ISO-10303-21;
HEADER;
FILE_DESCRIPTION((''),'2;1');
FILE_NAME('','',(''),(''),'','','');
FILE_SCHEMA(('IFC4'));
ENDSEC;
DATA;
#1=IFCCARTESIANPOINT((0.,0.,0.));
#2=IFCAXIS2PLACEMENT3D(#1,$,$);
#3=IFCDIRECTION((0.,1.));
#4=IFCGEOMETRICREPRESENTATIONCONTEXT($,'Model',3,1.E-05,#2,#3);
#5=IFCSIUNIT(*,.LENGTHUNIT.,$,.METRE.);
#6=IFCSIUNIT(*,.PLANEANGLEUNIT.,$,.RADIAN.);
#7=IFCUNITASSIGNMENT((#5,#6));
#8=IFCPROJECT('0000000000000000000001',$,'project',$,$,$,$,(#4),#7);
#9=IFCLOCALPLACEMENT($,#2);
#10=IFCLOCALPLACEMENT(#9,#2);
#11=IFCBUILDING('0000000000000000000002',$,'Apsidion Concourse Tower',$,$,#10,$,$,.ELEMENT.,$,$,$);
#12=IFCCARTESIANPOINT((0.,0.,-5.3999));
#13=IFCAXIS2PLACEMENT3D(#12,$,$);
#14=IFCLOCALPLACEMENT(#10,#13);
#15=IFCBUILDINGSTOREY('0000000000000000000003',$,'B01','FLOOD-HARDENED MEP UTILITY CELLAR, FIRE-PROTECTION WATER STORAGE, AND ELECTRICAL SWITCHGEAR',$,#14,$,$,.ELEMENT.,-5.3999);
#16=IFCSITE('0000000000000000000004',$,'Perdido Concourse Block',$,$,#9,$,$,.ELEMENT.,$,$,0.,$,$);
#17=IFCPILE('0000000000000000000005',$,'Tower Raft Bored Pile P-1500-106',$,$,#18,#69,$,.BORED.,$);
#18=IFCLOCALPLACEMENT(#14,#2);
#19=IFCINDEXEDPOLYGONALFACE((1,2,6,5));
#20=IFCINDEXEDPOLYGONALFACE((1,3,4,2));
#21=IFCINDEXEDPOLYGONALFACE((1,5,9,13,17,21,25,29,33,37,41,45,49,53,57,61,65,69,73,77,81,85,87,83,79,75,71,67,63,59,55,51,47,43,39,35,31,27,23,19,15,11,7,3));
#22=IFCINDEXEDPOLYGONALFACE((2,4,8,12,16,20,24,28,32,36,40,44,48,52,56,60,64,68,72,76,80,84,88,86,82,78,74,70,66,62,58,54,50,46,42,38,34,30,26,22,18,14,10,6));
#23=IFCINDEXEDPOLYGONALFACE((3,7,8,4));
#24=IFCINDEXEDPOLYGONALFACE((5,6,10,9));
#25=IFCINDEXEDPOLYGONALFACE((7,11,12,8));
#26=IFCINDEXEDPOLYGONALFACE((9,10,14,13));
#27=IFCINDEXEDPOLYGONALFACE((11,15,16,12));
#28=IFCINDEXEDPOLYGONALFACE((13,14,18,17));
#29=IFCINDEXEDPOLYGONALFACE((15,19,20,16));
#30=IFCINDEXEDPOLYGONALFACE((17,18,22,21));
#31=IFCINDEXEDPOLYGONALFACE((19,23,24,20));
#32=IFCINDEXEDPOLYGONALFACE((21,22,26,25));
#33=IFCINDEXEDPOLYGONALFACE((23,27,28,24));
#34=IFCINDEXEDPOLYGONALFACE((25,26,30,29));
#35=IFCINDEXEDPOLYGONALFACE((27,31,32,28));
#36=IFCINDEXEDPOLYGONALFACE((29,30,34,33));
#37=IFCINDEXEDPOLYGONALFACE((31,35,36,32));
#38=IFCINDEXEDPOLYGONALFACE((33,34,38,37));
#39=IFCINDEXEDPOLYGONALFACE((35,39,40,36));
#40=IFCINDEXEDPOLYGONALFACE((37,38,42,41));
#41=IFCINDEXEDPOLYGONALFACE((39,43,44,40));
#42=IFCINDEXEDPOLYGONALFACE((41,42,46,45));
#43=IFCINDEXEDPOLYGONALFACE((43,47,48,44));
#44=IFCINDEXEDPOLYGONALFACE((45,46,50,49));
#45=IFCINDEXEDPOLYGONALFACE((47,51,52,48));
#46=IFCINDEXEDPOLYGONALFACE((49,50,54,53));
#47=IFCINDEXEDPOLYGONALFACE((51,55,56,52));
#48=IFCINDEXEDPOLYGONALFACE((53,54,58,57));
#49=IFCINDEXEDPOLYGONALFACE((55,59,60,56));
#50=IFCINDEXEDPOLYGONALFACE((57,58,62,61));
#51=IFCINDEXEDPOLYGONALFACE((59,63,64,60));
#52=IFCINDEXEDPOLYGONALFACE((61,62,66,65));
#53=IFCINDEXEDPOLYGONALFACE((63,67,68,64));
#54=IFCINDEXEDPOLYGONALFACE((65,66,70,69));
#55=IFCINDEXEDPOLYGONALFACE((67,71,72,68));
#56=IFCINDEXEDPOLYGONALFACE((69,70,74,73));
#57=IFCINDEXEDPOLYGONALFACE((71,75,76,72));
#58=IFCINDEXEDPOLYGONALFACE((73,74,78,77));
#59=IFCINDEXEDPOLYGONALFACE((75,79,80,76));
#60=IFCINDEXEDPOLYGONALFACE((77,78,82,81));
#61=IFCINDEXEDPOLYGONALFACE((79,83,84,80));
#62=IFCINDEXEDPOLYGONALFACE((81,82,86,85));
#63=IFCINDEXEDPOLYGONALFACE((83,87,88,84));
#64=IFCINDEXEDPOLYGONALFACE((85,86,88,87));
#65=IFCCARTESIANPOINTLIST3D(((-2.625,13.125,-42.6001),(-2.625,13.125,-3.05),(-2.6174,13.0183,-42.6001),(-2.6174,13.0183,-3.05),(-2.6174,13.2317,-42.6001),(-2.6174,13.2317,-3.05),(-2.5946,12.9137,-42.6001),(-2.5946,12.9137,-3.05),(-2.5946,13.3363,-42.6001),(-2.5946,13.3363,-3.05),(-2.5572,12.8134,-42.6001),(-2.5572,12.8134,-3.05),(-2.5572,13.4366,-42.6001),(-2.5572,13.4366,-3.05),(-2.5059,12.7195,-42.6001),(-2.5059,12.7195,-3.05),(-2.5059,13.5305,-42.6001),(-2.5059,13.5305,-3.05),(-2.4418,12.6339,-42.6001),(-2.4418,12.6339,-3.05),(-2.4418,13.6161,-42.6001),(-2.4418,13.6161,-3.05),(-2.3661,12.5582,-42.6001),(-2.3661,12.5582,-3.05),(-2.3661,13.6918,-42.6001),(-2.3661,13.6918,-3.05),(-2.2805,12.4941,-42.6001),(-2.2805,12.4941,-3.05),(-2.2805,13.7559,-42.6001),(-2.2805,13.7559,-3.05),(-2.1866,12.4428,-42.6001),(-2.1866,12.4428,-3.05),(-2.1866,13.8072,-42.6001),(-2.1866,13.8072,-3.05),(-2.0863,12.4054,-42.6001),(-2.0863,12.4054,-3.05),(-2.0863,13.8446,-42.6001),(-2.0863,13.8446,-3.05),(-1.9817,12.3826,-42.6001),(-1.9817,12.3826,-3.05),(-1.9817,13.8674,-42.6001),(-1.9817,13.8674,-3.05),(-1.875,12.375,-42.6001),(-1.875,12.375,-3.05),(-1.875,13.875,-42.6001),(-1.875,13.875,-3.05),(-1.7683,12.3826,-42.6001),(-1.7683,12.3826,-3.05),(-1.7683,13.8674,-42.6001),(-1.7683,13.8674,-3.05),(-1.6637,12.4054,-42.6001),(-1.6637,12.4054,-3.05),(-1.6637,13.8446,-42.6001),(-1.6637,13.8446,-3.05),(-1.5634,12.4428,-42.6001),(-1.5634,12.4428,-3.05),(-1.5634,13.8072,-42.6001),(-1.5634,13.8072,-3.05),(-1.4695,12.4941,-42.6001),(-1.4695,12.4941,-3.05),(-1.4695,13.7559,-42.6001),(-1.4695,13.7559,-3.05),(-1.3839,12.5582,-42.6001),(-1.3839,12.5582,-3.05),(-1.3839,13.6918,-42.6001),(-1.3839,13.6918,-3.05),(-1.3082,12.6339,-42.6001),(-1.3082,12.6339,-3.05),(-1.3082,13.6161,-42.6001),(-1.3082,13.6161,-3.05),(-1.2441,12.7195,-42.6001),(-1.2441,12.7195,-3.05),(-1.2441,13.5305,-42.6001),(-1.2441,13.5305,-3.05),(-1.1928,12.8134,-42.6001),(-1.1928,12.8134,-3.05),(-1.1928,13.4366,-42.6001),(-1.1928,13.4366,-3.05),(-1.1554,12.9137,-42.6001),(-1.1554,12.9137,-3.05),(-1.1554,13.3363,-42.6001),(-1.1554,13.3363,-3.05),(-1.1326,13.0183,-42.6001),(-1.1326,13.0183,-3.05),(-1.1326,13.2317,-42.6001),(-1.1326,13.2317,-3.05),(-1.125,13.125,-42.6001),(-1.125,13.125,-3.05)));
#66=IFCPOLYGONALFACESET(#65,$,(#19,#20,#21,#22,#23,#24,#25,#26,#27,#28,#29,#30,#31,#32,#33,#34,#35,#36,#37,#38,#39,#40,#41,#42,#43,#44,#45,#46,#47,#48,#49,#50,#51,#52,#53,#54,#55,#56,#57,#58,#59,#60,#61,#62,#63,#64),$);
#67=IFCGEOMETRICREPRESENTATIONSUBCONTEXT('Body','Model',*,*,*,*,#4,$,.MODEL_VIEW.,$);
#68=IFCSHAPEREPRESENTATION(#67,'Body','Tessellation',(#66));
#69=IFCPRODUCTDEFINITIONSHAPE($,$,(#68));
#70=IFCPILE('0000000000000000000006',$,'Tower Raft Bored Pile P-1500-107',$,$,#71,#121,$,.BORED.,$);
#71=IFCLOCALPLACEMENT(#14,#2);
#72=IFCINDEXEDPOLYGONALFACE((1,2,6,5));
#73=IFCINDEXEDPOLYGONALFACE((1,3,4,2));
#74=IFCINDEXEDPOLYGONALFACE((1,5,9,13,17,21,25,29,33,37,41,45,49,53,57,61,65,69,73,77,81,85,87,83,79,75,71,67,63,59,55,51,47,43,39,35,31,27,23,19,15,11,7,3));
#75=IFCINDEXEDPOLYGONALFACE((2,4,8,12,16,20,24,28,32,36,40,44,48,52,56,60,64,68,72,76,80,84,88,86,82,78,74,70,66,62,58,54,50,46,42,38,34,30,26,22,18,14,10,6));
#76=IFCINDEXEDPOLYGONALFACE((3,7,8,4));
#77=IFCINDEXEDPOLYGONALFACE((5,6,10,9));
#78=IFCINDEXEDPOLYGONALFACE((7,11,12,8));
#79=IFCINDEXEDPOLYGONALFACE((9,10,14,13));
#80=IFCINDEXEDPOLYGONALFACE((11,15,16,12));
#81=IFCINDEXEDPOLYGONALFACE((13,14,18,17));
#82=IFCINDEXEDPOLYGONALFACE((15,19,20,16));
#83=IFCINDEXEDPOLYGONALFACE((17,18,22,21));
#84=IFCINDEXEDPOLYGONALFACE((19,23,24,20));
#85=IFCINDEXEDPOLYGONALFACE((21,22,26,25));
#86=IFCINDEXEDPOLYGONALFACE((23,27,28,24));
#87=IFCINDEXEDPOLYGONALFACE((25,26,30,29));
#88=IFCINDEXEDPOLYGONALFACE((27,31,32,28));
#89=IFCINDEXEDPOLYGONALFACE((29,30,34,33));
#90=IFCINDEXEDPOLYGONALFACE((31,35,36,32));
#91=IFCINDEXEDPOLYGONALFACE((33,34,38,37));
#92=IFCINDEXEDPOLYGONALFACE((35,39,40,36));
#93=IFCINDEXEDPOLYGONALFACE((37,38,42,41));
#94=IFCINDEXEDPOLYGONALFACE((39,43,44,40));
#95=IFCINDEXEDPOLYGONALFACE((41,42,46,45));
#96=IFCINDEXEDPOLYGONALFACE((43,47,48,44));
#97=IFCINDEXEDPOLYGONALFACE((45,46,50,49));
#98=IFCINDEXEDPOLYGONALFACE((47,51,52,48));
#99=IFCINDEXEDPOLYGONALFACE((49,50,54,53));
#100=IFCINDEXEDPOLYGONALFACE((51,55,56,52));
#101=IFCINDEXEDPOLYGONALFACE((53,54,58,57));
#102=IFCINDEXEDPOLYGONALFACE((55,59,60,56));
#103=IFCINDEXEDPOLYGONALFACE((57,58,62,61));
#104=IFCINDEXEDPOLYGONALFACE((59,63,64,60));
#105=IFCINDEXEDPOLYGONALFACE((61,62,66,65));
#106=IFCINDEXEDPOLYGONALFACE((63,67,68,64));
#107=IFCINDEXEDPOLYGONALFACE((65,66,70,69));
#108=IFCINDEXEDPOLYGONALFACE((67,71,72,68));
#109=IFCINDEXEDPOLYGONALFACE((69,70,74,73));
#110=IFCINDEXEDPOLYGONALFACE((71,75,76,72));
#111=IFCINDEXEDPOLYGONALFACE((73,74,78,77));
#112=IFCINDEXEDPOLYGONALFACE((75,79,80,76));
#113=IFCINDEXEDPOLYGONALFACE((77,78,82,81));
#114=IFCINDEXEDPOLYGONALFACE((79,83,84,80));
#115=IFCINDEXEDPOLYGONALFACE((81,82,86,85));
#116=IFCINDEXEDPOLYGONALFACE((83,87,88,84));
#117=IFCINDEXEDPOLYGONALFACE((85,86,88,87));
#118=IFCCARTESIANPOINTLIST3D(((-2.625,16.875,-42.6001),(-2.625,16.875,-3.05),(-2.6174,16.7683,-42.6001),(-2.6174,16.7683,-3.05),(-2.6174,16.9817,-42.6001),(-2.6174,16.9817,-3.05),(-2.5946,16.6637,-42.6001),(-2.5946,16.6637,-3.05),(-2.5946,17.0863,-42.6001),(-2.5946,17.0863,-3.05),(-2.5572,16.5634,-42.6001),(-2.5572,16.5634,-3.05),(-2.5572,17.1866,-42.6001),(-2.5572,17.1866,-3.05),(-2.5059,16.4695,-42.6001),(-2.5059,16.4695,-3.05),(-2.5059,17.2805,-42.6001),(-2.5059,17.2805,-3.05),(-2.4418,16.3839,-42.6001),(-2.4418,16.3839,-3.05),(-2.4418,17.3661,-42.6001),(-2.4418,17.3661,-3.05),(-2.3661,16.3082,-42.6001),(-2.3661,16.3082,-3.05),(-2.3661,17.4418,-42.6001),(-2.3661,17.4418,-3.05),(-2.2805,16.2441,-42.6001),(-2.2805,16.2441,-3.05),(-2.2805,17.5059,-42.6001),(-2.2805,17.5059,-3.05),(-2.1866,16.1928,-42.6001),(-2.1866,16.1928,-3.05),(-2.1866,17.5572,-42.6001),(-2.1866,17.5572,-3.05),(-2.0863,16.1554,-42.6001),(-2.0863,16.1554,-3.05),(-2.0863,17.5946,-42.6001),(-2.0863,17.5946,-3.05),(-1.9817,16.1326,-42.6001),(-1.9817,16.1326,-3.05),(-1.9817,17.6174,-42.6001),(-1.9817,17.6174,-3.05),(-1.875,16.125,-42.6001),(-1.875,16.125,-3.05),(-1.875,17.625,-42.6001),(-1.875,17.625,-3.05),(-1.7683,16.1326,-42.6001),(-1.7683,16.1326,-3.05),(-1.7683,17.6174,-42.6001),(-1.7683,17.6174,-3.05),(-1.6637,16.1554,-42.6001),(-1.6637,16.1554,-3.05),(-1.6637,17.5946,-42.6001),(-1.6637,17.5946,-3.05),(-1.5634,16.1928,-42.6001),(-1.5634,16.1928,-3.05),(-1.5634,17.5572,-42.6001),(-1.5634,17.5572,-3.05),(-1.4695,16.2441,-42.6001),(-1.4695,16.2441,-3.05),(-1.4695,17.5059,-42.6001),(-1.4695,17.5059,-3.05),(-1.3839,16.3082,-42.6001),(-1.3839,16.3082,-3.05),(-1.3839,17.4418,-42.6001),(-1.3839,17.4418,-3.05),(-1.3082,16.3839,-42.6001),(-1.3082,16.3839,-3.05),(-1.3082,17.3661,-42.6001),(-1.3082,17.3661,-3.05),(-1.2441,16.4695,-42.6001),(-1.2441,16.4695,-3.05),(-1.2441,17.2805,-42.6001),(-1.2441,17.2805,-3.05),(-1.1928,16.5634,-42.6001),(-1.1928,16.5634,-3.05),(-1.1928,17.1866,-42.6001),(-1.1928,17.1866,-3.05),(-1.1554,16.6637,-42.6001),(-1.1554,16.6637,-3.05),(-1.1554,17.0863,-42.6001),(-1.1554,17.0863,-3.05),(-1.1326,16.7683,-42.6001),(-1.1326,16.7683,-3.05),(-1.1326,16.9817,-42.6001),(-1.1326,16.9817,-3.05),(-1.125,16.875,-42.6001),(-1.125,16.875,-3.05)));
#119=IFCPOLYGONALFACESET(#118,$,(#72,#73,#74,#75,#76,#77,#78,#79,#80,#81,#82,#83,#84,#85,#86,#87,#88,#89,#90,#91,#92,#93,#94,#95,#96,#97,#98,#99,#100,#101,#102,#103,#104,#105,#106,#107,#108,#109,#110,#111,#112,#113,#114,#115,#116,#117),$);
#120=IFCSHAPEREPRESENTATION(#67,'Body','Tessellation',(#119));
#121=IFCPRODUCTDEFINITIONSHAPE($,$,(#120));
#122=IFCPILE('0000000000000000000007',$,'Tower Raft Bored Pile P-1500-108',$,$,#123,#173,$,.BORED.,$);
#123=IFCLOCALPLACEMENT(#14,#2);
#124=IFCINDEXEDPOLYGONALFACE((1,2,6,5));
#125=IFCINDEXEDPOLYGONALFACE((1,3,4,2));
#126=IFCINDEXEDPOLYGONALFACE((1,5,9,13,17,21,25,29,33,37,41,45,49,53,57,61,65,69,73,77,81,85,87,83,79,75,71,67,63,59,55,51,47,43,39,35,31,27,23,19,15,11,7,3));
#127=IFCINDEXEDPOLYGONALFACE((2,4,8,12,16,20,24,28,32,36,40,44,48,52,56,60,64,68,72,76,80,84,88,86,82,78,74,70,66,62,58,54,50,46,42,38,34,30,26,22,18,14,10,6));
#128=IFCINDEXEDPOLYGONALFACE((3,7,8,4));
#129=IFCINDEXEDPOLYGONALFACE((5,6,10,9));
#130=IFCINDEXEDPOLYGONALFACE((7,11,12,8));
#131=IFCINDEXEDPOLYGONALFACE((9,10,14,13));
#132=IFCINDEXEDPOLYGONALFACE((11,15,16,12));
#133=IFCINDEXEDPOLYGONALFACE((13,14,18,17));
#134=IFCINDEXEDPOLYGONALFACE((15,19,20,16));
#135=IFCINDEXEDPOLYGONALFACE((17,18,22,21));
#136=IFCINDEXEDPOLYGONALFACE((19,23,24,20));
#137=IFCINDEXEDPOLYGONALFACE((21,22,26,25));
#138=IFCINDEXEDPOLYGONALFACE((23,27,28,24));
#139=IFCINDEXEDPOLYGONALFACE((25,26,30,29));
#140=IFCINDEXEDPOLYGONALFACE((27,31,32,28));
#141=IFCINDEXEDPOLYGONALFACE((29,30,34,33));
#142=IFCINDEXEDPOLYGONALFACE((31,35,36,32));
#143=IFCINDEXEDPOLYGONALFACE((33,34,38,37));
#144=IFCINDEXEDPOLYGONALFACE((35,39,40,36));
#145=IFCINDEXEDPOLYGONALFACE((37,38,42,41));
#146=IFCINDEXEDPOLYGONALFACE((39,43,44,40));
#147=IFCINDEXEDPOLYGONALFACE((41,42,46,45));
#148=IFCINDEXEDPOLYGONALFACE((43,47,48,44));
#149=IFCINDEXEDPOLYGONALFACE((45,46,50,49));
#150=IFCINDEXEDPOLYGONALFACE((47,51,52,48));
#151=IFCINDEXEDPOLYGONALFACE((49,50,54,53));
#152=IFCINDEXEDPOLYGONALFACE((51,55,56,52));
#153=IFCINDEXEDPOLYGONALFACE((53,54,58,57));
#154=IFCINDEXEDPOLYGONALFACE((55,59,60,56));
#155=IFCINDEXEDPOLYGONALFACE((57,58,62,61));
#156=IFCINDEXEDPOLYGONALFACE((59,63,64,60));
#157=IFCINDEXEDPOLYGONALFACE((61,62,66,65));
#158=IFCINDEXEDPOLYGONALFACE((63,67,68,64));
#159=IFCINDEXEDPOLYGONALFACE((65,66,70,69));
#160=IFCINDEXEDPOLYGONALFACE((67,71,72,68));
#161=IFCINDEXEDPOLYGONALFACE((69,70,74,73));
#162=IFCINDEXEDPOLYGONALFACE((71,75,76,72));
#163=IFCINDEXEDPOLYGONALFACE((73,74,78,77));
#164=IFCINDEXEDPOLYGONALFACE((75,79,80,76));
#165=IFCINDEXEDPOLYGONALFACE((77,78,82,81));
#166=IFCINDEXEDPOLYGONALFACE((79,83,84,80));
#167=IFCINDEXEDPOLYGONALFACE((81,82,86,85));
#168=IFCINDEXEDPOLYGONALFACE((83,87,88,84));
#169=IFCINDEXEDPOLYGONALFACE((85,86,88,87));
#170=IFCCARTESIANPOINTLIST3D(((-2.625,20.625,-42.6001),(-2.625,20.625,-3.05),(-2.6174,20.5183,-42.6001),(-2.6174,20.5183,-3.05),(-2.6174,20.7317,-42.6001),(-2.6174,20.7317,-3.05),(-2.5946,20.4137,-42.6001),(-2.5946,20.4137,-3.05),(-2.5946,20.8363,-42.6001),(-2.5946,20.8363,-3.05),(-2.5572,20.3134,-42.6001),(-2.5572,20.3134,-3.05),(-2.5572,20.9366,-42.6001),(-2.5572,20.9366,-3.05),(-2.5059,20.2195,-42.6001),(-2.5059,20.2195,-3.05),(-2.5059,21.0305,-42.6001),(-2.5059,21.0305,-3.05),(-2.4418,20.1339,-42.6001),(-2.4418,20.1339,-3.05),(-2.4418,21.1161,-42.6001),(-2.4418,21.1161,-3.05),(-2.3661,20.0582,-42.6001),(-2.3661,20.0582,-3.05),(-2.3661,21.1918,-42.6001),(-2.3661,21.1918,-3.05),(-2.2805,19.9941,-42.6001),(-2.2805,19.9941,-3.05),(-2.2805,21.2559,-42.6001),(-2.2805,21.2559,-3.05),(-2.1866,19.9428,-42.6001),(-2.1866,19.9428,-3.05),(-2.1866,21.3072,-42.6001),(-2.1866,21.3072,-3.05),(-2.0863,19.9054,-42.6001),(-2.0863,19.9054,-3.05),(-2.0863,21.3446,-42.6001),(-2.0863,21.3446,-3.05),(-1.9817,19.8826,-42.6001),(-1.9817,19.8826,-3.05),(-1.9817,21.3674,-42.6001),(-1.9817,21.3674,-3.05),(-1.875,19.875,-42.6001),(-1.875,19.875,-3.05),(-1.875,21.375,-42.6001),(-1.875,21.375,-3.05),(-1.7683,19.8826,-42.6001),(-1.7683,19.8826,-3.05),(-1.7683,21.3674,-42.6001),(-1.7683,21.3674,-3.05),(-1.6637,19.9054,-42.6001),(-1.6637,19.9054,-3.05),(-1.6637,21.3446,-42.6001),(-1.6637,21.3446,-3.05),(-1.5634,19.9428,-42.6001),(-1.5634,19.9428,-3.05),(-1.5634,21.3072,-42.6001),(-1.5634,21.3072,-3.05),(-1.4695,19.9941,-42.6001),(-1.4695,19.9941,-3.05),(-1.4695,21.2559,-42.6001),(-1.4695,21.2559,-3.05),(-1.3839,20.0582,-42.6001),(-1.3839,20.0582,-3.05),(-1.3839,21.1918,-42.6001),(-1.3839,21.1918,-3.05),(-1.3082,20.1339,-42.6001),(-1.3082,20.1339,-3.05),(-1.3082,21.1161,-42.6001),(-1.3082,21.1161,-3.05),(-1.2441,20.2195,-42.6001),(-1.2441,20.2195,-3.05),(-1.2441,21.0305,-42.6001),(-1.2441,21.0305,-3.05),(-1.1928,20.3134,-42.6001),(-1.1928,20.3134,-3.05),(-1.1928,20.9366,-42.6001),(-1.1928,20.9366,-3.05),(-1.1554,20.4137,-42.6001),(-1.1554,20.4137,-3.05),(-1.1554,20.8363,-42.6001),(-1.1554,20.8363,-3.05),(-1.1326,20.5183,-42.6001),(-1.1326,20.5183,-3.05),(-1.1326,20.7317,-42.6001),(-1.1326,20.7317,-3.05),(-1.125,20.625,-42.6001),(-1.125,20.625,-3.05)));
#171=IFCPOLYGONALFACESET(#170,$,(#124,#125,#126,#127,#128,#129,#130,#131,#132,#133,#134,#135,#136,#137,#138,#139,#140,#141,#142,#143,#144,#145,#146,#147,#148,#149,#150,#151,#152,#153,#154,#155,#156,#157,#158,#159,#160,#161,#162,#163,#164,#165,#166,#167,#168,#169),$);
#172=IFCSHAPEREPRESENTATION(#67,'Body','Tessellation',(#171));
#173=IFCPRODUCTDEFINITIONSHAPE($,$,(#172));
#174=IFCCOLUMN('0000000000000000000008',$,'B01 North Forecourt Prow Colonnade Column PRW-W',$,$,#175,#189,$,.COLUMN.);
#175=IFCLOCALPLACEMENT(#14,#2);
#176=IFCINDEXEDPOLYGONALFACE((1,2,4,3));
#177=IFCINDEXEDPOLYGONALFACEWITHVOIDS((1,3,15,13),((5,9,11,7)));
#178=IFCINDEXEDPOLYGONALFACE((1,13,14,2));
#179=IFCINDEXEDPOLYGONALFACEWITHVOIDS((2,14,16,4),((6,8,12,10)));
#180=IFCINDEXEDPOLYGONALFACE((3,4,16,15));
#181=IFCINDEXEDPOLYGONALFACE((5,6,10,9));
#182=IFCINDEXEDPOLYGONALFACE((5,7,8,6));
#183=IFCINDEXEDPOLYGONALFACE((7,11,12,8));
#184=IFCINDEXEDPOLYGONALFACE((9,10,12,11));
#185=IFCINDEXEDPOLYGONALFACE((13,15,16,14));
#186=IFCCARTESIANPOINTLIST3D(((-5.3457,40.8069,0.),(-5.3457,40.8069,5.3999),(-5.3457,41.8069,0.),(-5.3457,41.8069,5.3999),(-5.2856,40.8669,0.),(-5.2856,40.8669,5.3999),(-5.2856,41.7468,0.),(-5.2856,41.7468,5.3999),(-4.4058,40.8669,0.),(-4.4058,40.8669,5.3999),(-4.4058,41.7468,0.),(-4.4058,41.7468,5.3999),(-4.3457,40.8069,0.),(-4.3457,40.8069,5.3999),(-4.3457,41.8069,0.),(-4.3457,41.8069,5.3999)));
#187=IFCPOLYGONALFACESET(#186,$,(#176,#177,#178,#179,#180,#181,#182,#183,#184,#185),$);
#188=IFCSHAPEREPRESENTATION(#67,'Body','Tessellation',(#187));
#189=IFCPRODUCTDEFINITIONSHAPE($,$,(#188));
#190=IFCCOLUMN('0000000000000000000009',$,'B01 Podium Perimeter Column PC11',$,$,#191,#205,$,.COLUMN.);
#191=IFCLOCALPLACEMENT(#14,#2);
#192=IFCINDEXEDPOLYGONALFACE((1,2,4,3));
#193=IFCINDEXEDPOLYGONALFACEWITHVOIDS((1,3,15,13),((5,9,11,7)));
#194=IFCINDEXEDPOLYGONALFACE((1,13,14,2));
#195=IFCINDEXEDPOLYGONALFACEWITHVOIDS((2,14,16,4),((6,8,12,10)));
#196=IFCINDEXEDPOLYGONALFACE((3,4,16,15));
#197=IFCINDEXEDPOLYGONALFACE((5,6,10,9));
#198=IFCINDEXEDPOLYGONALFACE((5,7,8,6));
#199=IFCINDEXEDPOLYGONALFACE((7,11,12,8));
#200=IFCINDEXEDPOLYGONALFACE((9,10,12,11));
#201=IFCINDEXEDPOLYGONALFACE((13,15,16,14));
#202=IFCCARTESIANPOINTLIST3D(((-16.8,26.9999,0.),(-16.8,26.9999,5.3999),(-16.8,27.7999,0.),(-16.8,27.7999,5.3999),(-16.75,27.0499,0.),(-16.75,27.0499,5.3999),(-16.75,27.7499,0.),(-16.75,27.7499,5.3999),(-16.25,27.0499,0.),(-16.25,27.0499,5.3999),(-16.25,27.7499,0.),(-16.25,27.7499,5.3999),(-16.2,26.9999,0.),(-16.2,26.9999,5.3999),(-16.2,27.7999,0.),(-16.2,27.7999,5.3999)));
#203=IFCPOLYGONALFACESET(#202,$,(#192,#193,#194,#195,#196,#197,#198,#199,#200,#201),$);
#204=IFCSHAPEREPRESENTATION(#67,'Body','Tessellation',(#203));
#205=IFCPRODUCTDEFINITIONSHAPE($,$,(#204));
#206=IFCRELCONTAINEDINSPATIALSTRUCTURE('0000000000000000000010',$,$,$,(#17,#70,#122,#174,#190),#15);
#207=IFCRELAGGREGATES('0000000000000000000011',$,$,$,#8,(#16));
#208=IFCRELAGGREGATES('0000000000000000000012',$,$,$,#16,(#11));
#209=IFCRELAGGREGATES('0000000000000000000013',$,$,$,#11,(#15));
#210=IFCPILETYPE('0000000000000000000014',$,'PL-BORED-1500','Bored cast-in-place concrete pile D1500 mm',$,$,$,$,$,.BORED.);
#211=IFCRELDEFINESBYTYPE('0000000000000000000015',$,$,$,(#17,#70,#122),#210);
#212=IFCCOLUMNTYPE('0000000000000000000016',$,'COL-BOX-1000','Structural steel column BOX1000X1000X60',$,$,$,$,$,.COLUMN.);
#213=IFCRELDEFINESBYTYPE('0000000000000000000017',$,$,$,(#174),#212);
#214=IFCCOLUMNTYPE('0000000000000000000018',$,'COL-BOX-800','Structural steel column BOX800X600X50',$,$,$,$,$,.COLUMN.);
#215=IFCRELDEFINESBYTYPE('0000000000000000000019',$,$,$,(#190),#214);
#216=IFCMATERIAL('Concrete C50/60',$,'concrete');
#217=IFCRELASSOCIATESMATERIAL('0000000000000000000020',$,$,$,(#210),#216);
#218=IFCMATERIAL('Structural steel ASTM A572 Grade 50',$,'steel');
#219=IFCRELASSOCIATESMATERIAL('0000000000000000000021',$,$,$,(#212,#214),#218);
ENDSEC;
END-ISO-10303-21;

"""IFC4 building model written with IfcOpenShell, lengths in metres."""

from ifc_helpers import new_model, si_unit, direction, frame, origin, origin_2d, place, context, subcontext, project, spatial, hollow_rectangle, circle, extrude, material, material_profile, profile_set, type_object, element, save


model = new_model("IFC4")

# Units and contexts
model_context = context("Model", 3, precision=1e-05, world=origin(), true_north=direction((0.0, 1.0)))
body_context = subcontext(model_context, "Body", "Model", "MODEL_VIEW")
ifc_project = project(units=[si_unit("LENGTHUNIT", "METRE"), si_unit("PLANEANGLEUNIT", "RADIAN")], contexts=[model_context])

# Site, building, storey
site_placement = place(None, origin())
site = spatial("IfcSite", under=ifc_project, at=site_placement, Name="Perdido Concourse Block", CompositionType="ELEMENT", RefElevation=0.0)
building_placement = place(site_placement, origin())
building = spatial("IfcBuilding", under=site, at=building_placement, Name="Apsidion Concourse Tower", CompositionType="ELEMENT")
storey_placement = place(building_placement, frame((0.0, 0.0, -5.3999)))
storey = spatial("IfcBuildingStorey", under=building, at=storey_placement, Name="B01", Description="FLOOD-HARDENED MEP UTILITY CELLAR, FIRE-PROTECTION WATER STORAGE, AND ELECTRICAL SWITCHGEAR", CompositionType="ELEMENT", Elevation=-5.3999)

# Shared definitions
ifc_material_1 = material(Name="Concrete C50/60", Category="concrete")

# Piles
ifc_material_profile_1 = material_profile(ifc_material_1, circle(Radius=0.75, at=origin_2d()), Name="BORED PILE D1500")
ifc_profile_set_1 = profile_set([ifc_material_profile_1], Name="Concrete C50/60")
pile_type_1 = type_object("IfcPileType", Name="PL-BORED-1500", Description="Bored cast-in-place concrete pile D1500 mm", PredefinedType="BORED", material=ifc_profile_set_1)
for number, where, z_axis, x_axis, name in (
    (1, (-1.875, 13.125, -3.05), (0.0, 0.0, -1.0), (1.0, 0.0, 0.0), "Tower Raft Bored Pile P-1500-106"),
    (2, (-1.875, 16.875, -3.05), (0.0, 0.0, -1.0), (1.0, 0.0, 0.0), "Tower Raft Bored Pile P-1500-107"),
    (3, (-1.875, 20.625, -3.05), (0.0, 0.0, -1.0), (1.0, 0.0, 0.0), "Tower Raft Bored Pile P-1500-108"),
):
    element("IfcPile", number, at=place(storey_placement, frame(where, z_axis=z_axis, x_axis=x_axis)), inside=storey, type_object=pile_type_1, Name=name, PredefinedType="BORED", context=body_context, shape_type="SweptSolid", body=[
        extrude(circle(Radius=0.75, at=origin_2d()), origin(), (0.0, 0.0, 1.0), 39.55),
    ])

# Columns
ifc_material_2 = material(Name="Structural steel ASTM A572 Grade 50", Category="steel")
ifc_material_profile_2 = material_profile(ifc_material_2, hollow_rectangle(XDim=1.0, YDim=1.0, WallThickness=0.0601, at=origin_2d()), Name="BOX1000X1000X60")
ifc_profile_set_2 = profile_set([ifc_material_profile_2], Name="Structural steel ASTM A572 Grade 50")
column_type_1 = type_object("IfcColumnType", Name="COL-BOX-1000", Description="Structural steel column BOX1000X1000X60", PredefinedType="COLUMN", material=ifc_profile_set_2)
column_1_placement = place(storey_placement, frame((-4.8457, 41.3069, 0.0), z_axis=(0.0, 0.0, 1.0), x_axis=(1.0, 0.0, 0.0)))
element("IfcColumn", 4, at=column_1_placement, inside=storey, type_object=column_type_1, Name="B01 North Forecourt Prow Colonnade Column PRW-W", PredefinedType="COLUMN", context=body_context, shape_type="SweptSolid", body=[
    extrude(hollow_rectangle(XDim=1.0, YDim=1.0, WallThickness=0.0601, at=origin_2d()), origin(), (0.0, 0.0, 1.0), 5.3999),
])
ifc_material_profile_3 = material_profile(ifc_material_2, hollow_rectangle(XDim=0.6001, YDim=0.8, WallThickness=0.05, at=origin_2d()), Name="BOX800X600X50")
ifc_profile_set_3 = profile_set([ifc_material_profile_3], Name="Structural steel ASTM A572 Grade 50")
column_type_2 = type_object("IfcColumnType", Name="COL-BOX-800", Description="Structural steel column BOX800X600X50", PredefinedType="COLUMN", material=ifc_profile_set_3)
column_2_placement = place(storey_placement, frame((-16.5, 27.3999, 0.0), z_axis=(0.0, 0.0, 1.0), x_axis=(1.0, 0.0, 0.0)))
element("IfcColumn", 5, at=column_2_placement, inside=storey, type_object=column_type_2, Name="B01 Podium Perimeter Column PC11", PredefinedType="COLUMN", context=body_context, shape_type="SweptSolid", body=[
    extrude(hollow_rectangle(XDim=0.6001, YDim=0.8, WallThickness=0.05, at=origin_2d()), origin(), (0.0, 0.0, 1.0), 5.3999),
])

save(model, "model.ifc")
